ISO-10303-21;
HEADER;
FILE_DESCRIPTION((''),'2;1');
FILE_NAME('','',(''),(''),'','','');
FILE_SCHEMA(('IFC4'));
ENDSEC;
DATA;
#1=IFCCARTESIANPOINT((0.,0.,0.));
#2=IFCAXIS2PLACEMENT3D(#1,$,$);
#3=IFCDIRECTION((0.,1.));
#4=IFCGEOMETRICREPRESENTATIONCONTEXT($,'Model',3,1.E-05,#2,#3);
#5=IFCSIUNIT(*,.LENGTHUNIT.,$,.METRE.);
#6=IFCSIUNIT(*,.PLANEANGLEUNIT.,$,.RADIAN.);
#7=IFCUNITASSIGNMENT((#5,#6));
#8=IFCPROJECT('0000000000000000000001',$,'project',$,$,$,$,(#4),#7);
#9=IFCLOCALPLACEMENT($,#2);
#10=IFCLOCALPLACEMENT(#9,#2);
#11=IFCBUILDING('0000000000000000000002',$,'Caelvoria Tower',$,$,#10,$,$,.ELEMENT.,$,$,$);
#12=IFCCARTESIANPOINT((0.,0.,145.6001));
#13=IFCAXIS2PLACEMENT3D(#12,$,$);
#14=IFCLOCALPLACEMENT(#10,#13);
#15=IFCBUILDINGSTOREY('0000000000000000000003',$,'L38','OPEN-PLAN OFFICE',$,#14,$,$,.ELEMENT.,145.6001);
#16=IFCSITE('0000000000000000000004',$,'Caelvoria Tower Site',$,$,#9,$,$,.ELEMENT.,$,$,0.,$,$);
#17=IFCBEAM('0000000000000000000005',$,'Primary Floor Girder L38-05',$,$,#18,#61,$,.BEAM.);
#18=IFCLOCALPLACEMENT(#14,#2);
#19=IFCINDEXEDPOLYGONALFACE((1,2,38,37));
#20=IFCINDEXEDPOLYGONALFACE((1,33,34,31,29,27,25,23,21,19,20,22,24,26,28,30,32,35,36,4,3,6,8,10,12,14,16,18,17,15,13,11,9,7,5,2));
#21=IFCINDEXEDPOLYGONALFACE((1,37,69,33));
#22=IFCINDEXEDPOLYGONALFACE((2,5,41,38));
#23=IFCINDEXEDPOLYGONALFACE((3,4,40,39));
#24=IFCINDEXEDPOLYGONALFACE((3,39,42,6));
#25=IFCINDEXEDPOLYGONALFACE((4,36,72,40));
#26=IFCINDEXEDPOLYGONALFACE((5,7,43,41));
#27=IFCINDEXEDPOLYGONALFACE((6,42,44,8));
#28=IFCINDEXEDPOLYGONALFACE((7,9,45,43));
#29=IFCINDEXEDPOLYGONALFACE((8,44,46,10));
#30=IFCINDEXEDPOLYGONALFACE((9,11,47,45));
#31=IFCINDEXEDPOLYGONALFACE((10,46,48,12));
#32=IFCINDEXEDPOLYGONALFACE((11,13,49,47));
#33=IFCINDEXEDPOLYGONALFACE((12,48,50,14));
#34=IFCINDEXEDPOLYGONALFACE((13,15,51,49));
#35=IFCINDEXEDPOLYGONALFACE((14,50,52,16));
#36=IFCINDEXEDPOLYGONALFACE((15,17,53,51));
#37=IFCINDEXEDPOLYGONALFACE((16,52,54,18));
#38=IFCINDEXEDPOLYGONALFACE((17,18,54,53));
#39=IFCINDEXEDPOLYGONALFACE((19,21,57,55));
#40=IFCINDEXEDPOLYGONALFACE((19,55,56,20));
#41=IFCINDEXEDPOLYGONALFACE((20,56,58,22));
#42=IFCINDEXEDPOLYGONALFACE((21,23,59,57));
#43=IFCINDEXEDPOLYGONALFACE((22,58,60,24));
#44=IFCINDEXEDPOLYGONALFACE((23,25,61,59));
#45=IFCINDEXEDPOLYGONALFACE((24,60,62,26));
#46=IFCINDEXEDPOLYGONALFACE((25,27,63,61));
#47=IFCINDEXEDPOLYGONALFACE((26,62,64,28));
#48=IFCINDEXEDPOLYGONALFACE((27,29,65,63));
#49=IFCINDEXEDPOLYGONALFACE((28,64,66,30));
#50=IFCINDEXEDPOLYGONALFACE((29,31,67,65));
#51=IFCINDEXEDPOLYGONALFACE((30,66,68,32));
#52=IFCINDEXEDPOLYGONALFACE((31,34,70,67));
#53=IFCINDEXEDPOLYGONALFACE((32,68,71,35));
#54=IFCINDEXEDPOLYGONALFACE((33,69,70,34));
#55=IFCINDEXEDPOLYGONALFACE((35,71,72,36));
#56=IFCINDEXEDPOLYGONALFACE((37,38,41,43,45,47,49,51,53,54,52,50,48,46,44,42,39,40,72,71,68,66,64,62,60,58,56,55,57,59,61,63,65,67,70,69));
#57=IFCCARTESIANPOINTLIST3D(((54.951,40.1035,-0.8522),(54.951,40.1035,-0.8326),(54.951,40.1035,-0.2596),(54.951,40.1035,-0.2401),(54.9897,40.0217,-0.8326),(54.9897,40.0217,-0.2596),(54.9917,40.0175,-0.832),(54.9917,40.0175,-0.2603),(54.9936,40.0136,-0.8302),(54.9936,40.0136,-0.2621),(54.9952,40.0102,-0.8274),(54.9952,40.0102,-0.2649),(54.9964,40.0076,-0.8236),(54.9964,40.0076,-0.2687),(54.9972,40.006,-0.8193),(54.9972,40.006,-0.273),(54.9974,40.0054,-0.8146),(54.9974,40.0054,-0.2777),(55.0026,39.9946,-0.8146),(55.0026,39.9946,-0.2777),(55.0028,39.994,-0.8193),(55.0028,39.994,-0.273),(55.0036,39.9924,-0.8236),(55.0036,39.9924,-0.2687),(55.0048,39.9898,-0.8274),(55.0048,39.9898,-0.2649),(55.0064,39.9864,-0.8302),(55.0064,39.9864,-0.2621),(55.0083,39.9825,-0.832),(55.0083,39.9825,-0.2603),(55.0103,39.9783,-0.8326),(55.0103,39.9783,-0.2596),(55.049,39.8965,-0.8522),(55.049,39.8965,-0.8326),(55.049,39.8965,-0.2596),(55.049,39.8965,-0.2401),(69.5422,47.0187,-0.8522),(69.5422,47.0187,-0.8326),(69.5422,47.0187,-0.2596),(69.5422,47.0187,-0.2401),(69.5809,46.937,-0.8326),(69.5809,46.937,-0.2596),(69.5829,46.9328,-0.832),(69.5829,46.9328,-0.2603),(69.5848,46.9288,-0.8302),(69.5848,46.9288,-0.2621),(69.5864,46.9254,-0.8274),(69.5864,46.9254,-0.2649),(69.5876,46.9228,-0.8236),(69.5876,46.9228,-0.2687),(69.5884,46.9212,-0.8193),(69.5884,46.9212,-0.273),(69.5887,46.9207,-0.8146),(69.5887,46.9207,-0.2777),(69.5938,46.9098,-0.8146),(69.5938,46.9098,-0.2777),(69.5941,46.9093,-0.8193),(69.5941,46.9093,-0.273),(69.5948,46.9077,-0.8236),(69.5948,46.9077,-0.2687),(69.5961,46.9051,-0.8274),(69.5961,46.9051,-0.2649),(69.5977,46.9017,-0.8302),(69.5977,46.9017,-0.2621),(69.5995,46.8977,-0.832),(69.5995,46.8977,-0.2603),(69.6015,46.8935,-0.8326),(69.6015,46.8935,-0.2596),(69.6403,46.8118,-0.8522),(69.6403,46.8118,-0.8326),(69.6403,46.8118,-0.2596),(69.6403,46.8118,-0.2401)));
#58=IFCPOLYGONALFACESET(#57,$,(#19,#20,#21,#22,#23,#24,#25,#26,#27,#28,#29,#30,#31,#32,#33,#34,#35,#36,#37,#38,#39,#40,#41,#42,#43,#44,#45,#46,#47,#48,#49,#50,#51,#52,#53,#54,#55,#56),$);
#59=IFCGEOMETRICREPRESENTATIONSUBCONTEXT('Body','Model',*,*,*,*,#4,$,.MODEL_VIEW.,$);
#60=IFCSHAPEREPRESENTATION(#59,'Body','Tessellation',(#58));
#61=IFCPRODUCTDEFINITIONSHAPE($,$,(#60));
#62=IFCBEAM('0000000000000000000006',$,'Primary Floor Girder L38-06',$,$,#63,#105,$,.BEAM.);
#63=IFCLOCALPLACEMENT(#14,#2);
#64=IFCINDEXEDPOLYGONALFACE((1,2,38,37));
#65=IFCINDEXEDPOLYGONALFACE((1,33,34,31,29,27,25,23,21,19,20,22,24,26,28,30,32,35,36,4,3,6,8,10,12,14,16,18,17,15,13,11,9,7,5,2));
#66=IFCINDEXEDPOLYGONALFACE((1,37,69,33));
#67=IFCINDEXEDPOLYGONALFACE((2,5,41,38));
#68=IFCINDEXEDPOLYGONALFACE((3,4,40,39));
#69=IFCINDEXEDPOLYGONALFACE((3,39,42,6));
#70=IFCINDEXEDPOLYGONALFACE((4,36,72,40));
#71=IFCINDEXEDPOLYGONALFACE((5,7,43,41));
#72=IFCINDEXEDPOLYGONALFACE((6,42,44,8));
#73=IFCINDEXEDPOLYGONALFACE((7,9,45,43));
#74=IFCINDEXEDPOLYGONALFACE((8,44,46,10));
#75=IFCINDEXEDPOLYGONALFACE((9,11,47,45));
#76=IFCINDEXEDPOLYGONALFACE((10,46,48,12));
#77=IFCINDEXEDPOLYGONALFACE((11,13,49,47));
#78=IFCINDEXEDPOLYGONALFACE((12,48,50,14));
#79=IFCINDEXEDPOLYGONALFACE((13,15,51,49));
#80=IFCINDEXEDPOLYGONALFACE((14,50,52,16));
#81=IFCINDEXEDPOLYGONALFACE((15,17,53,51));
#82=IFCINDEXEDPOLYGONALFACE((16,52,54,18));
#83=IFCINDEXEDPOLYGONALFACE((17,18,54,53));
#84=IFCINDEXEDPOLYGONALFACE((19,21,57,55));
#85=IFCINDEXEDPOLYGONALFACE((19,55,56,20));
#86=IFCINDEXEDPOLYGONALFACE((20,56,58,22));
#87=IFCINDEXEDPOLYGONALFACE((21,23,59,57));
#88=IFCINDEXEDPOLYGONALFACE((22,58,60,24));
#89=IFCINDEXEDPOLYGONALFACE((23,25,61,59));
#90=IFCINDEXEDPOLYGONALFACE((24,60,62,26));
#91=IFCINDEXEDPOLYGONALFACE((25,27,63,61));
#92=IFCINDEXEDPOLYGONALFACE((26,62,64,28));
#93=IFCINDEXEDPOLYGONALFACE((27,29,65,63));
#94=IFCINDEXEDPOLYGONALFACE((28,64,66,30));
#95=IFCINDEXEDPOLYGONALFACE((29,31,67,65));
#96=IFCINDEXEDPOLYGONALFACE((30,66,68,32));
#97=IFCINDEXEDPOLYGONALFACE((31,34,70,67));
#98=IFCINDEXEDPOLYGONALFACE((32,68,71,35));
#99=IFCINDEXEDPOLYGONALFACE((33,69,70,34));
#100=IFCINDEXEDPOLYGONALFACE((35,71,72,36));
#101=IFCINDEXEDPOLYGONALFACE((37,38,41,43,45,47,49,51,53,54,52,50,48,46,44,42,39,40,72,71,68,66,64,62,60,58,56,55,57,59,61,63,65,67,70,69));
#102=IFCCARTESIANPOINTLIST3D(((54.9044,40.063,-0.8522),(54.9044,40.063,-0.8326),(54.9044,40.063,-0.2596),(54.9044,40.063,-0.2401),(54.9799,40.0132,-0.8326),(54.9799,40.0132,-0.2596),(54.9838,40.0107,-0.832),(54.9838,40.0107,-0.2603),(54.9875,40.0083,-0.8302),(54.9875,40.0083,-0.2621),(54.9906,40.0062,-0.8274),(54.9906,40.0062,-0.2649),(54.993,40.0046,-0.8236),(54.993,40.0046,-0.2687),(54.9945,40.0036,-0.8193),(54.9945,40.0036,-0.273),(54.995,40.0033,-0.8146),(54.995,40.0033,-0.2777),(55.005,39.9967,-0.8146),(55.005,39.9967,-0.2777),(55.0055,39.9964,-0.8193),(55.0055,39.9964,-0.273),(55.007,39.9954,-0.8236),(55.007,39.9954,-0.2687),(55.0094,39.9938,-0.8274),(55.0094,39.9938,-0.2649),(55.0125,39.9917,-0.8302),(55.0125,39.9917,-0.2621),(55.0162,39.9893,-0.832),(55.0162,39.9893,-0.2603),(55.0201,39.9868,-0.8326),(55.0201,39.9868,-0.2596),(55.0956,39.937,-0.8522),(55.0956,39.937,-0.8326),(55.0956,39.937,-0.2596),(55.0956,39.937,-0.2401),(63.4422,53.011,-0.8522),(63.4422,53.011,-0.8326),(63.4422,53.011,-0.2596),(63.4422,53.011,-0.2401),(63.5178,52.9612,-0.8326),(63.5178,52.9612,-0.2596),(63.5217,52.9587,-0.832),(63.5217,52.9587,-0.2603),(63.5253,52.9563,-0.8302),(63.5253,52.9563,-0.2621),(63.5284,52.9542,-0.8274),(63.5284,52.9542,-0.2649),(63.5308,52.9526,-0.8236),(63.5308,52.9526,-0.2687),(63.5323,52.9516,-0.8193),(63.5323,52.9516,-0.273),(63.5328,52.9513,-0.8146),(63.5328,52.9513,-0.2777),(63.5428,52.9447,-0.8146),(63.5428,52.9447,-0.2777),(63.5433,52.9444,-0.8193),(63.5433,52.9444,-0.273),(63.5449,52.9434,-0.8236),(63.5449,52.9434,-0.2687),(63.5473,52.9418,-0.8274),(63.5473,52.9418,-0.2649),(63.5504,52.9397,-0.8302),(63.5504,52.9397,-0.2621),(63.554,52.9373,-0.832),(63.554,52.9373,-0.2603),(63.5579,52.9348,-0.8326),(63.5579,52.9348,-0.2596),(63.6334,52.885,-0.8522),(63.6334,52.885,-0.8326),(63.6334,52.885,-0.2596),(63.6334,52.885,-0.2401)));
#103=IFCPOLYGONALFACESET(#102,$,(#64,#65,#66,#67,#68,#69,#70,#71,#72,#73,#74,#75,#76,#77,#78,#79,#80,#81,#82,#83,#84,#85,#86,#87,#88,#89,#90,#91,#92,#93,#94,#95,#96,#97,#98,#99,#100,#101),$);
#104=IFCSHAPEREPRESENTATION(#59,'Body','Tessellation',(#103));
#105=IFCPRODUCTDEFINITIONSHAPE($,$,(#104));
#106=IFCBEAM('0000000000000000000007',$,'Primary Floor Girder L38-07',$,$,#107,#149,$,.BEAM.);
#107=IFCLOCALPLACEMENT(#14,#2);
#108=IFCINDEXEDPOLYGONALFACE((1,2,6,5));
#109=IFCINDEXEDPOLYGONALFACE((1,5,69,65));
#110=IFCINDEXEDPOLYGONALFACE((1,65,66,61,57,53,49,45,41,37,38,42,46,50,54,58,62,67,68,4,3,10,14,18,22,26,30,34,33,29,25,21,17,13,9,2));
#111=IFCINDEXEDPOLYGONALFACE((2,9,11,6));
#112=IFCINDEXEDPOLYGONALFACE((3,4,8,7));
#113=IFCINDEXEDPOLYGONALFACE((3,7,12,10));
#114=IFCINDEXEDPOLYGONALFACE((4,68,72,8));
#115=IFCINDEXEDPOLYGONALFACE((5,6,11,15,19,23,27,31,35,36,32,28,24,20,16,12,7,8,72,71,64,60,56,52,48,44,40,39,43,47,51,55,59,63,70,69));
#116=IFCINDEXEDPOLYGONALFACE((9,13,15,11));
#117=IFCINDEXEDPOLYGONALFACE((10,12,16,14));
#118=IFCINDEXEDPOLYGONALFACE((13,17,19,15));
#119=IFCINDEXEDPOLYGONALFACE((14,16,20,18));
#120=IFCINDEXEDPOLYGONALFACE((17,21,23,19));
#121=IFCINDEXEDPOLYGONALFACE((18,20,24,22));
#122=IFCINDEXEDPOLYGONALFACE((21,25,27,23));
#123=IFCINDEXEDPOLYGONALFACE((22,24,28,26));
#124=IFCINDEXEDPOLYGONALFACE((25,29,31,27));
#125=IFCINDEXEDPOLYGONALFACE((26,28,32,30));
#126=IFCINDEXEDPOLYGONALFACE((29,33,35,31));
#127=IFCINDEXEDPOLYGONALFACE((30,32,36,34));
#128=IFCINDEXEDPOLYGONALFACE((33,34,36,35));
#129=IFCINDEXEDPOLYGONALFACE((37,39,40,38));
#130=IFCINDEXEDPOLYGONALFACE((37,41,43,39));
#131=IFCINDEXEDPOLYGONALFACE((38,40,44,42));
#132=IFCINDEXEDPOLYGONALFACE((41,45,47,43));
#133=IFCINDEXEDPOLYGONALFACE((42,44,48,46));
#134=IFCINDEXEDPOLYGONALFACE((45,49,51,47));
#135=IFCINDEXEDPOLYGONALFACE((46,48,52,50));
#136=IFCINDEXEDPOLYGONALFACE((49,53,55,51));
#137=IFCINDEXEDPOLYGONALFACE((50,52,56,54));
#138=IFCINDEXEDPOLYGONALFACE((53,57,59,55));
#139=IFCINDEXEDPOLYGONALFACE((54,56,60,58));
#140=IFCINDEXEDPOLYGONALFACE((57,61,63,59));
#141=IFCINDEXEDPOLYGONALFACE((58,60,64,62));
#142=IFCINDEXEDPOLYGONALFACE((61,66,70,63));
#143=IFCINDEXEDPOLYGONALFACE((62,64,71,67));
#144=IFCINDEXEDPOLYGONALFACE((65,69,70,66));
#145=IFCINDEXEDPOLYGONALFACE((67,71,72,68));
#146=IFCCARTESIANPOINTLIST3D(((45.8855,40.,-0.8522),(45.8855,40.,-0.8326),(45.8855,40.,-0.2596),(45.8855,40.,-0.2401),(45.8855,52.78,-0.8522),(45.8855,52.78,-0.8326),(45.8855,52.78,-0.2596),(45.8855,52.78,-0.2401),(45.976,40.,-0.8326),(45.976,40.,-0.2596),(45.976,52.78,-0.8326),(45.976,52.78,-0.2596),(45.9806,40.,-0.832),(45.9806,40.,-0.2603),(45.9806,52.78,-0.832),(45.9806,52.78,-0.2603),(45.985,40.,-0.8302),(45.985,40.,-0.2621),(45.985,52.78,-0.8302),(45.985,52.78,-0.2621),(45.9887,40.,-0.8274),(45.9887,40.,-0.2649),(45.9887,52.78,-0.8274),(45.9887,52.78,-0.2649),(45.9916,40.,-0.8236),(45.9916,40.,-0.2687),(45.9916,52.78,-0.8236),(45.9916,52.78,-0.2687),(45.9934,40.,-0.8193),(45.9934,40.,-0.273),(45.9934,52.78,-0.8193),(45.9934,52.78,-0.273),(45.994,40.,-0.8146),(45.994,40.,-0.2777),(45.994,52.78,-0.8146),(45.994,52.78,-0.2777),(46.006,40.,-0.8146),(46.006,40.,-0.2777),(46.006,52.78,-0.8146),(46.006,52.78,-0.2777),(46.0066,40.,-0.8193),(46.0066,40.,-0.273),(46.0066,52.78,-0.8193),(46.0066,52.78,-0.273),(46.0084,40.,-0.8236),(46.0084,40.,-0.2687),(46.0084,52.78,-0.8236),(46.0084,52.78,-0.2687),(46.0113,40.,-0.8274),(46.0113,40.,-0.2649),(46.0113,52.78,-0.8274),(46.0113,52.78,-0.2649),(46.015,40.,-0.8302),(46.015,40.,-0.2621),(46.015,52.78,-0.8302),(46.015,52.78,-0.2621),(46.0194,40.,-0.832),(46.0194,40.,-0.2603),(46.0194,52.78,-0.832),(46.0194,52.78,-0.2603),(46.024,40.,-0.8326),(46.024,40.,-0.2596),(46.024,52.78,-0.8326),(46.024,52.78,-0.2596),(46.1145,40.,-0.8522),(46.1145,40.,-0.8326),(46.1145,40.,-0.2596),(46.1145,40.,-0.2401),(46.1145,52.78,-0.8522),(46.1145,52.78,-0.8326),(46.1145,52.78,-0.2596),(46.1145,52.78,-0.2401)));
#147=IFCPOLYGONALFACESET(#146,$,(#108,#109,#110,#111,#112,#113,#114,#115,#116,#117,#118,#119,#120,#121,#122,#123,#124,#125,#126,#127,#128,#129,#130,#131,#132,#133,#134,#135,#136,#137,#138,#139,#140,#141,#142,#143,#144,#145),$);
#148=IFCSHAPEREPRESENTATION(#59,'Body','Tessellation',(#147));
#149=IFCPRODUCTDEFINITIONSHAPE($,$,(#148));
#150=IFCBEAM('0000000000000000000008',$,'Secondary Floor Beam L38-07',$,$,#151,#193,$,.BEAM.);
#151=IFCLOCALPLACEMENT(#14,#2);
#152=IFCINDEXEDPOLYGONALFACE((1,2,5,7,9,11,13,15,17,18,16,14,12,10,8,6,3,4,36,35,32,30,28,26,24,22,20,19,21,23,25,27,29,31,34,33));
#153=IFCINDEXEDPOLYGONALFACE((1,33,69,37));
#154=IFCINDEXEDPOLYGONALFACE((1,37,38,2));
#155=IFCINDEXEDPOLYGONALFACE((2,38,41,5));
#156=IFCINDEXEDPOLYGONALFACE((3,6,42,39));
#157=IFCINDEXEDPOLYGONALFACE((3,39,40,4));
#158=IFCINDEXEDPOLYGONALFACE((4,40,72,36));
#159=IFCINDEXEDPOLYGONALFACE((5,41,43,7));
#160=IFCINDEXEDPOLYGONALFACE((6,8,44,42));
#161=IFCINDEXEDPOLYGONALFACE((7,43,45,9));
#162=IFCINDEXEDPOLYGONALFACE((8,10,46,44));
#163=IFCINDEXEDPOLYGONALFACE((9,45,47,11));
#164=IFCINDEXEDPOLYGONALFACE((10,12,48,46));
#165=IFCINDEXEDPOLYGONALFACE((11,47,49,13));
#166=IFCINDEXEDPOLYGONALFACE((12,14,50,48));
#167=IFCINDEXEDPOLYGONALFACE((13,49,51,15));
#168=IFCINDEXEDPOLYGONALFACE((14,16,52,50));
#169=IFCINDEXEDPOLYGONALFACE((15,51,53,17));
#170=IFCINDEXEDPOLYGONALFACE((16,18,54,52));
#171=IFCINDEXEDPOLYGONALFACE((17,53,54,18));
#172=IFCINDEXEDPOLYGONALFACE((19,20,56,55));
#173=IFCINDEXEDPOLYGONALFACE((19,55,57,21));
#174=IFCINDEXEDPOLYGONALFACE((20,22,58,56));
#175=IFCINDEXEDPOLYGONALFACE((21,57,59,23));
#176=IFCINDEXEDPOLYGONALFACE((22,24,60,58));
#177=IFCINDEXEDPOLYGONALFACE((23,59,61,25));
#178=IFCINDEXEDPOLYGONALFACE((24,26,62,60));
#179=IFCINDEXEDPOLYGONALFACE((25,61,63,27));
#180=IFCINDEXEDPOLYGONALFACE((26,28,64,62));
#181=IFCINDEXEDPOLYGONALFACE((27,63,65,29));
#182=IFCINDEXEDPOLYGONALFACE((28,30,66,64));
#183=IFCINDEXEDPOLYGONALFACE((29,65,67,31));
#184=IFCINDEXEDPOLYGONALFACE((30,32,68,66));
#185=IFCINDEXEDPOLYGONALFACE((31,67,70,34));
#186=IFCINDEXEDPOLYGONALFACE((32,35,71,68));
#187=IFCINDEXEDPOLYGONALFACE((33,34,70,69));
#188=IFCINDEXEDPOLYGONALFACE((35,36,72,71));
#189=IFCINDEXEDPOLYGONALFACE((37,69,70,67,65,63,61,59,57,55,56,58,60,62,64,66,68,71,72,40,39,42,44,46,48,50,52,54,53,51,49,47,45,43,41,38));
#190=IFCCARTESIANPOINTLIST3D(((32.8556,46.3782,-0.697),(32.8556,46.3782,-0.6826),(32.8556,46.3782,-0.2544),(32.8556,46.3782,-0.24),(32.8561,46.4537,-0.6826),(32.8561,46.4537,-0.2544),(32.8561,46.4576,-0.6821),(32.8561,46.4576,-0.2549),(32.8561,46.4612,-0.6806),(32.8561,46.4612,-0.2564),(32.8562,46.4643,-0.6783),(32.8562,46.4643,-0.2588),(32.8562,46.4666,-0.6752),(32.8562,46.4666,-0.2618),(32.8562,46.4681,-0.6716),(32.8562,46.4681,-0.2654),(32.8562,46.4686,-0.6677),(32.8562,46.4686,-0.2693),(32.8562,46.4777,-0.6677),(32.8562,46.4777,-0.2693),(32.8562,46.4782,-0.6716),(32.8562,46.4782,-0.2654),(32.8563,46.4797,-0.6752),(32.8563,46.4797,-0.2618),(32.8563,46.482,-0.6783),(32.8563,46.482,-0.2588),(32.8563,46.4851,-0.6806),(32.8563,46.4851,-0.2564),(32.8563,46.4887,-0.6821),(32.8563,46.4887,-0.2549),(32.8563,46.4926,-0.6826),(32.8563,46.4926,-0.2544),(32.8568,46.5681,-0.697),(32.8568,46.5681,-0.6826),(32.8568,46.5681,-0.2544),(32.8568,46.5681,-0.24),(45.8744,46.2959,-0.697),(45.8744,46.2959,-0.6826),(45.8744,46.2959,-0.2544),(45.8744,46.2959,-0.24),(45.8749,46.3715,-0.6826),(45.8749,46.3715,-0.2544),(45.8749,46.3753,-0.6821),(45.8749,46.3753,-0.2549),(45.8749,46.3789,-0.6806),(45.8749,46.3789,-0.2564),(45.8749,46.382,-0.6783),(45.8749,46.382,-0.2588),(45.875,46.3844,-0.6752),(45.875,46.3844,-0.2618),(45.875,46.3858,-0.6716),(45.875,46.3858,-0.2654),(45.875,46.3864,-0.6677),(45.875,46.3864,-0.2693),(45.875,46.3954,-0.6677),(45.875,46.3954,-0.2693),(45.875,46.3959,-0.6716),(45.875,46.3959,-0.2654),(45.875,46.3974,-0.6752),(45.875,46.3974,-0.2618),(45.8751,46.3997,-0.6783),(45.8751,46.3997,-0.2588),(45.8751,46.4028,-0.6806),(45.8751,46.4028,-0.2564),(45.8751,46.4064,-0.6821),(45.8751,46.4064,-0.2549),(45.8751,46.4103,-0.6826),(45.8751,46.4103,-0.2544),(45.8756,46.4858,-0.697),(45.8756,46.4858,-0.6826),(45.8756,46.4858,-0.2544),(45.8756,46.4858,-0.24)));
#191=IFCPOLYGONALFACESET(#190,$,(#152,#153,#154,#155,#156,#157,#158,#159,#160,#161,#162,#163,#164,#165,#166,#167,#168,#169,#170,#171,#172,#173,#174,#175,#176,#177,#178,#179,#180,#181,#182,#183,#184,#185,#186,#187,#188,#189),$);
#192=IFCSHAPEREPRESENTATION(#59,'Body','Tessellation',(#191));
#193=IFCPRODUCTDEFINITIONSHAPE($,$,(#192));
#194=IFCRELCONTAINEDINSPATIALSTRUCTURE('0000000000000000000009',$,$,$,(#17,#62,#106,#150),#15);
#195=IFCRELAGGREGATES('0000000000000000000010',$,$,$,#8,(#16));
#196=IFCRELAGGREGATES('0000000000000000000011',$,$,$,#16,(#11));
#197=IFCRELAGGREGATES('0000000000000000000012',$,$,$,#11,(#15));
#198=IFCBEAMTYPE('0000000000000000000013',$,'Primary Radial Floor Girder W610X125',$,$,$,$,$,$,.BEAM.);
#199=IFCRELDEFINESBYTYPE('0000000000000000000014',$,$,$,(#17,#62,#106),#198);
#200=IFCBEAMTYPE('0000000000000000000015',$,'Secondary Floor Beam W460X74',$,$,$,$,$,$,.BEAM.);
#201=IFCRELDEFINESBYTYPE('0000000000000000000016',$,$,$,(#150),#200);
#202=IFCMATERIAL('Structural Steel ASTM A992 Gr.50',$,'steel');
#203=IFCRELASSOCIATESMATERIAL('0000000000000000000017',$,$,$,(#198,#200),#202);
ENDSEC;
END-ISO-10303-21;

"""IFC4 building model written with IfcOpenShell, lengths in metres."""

from ifc_helpers import new_model, si_unit, direction, frame, origin, origin_2d, place, context, subcontext, project, spatial, i_section, extrude, material, material_profile, profile_set, type_object, element, save


model = new_model("IFC4")

# Units and contexts
model_context = context("Model", 3, precision=1e-05, world=origin(), true_north=direction((0.0, 1.0)))
body_context = subcontext(model_context, "Body", "Model", "MODEL_VIEW")
ifc_project = project(units=[si_unit("LENGTHUNIT", "METRE"), si_unit("PLANEANGLEUNIT", "RADIAN")], contexts=[model_context])

# Site, building, storey
site_placement = place(None, origin())
site = spatial("IfcSite", under=ifc_project, at=site_placement, Name="Caelvoria Tower Site", CompositionType="ELEMENT", RefElevation=0.0)
building_placement = place(site_placement, origin())
building = spatial("IfcBuilding", under=site, at=building_placement, Name="Caelvoria Tower", CompositionType="ELEMENT")
storey_placement = place(building_placement, frame((0.0, 0.0, 145.6001)))
storey = spatial("IfcBuildingStorey", under=building, at=storey_placement, Name="L38", Description="OPEN-PLAN OFFICE", CompositionType="ELEMENT", Elevation=145.6001)

# Shared definitions
ifc_material_1 = material(Name="Structural Steel ASTM A992 Gr.50", Category="steel")

# Beams
ifc_material_profile_1 = material_profile(ifc_material_1, i_section(OverallWidth=0.229, OverallDepth=0.6121, WebThickness=0.012, FlangeThickness=0.0195, FilletRadius=0.0181, at=origin_2d()), Name="Structural Steel ASTM A992 Gr.50")
ifc_profile_set_1 = profile_set([ifc_material_profile_1], Name="W610X125 - Structural Steel ASTM A992 Gr.50")
beam_type_1 = type_object("IfcBeamType", Name="Primary Radial Floor Girder W610X125", PredefinedType="BEAM", material=ifc_profile_set_1)
beam_1_placement = place(storey_placement, frame((55.0, 40.0, -0.5461), z_axis=(0.903651, 0.428269, 0.0), x_axis=(-0.428269, 0.903651, 0.0)))
element("IfcBeam", 1, at=beam_1_placement, inside=storey, type_object=beam_type_1, Name="Primary Floor Girder L38-05", PredefinedType="BEAM", context=body_context, shape_type="SweptSolid", body=[
    extrude(i_section(OverallWidth=0.229, OverallDepth=0.6121, WebThickness=0.012, FlangeThickness=0.0195, FilletRadius=0.0181, at=origin_2d()), origin(), (0.0, 0.0, 1.0), 16.147),
])
beam_2_placement = place(storey_placement, frame((55.0, 40.0, -0.5461), z_axis=(0.55049, 0.834842, 0.0), x_axis=(-0.834842, 0.55049, 0.0)))
element("IfcBeam", 2, at=beam_2_placement, inside=storey, type_object=beam_type_1, Name="Primary Floor Girder L38-06", PredefinedType="BEAM", context=body_context, shape_type="SweptSolid", body=[
    extrude(i_section(OverallWidth=0.229, OverallDepth=0.6121, WebThickness=0.012, FlangeThickness=0.0195, FilletRadius=0.0181, at=origin_2d()), origin(), (0.0, 0.0, 1.0), 15.5095),
])
beam_3_placement = place(storey_placement, frame((46.0, 40.0, -0.5461), z_axis=(0.0, 1.0, 0.0), x_axis=(-1.0, 0.0, 0.0)))
element("IfcBeam", 3, at=beam_3_placement, inside=storey, type_object=beam_type_1, Name="Primary Floor Girder L38-07", PredefinedType="BEAM", context=body_context, shape_type="SweptSolid", body=[
    extrude(i_section(OverallWidth=0.229, OverallDepth=0.6121, WebThickness=0.012, FlangeThickness=0.0195, FilletRadius=0.0181, at=origin_2d()), origin(), (0.0, 0.0, 1.0), 12.78),
])
ifc_material_profile_2 = material_profile(ifc_material_1, i_section(OverallWidth=0.1899, OverallDepth=0.457, WebThickness=0.009, FlangeThickness=0.0144, FilletRadius=0.0149, at=origin_2d()), Name="Structural Steel ASTM A992 Gr.50")
ifc_profile_set_2 = profile_set([ifc_material_profile_2], Name="W460X74 - Structural Steel ASTM A992 Gr.50")
beam_type_2 = type_object("IfcBeamType", Name="Secondary Floor Beam W460X74", PredefinedType="BEAM", material=ifc_profile_set_2)
beam_4_placement = place(storey_placement, frame((45.875, 46.3909, -0.4685), z_axis=(-0.99998, 0.00632, 0.0), x_axis=(-0.00632, -0.99998, 0.0)))
element("IfcBeam", 4, at=beam_4_placement, inside=storey, type_object=beam_type_2, Name="Secondary Floor Beam L38-07", PredefinedType="BEAM", context=body_context, shape_type="SweptSolid", body=[
    extrude(i_section(OverallWidth=0.1899, OverallDepth=0.457, WebThickness=0.009, FlangeThickness=0.0144, FilletRadius=0.0149, at=origin_2d()), origin(), (0.0, 0.0, 1.0), 13.019),
])

save(model, "model.ifc")
